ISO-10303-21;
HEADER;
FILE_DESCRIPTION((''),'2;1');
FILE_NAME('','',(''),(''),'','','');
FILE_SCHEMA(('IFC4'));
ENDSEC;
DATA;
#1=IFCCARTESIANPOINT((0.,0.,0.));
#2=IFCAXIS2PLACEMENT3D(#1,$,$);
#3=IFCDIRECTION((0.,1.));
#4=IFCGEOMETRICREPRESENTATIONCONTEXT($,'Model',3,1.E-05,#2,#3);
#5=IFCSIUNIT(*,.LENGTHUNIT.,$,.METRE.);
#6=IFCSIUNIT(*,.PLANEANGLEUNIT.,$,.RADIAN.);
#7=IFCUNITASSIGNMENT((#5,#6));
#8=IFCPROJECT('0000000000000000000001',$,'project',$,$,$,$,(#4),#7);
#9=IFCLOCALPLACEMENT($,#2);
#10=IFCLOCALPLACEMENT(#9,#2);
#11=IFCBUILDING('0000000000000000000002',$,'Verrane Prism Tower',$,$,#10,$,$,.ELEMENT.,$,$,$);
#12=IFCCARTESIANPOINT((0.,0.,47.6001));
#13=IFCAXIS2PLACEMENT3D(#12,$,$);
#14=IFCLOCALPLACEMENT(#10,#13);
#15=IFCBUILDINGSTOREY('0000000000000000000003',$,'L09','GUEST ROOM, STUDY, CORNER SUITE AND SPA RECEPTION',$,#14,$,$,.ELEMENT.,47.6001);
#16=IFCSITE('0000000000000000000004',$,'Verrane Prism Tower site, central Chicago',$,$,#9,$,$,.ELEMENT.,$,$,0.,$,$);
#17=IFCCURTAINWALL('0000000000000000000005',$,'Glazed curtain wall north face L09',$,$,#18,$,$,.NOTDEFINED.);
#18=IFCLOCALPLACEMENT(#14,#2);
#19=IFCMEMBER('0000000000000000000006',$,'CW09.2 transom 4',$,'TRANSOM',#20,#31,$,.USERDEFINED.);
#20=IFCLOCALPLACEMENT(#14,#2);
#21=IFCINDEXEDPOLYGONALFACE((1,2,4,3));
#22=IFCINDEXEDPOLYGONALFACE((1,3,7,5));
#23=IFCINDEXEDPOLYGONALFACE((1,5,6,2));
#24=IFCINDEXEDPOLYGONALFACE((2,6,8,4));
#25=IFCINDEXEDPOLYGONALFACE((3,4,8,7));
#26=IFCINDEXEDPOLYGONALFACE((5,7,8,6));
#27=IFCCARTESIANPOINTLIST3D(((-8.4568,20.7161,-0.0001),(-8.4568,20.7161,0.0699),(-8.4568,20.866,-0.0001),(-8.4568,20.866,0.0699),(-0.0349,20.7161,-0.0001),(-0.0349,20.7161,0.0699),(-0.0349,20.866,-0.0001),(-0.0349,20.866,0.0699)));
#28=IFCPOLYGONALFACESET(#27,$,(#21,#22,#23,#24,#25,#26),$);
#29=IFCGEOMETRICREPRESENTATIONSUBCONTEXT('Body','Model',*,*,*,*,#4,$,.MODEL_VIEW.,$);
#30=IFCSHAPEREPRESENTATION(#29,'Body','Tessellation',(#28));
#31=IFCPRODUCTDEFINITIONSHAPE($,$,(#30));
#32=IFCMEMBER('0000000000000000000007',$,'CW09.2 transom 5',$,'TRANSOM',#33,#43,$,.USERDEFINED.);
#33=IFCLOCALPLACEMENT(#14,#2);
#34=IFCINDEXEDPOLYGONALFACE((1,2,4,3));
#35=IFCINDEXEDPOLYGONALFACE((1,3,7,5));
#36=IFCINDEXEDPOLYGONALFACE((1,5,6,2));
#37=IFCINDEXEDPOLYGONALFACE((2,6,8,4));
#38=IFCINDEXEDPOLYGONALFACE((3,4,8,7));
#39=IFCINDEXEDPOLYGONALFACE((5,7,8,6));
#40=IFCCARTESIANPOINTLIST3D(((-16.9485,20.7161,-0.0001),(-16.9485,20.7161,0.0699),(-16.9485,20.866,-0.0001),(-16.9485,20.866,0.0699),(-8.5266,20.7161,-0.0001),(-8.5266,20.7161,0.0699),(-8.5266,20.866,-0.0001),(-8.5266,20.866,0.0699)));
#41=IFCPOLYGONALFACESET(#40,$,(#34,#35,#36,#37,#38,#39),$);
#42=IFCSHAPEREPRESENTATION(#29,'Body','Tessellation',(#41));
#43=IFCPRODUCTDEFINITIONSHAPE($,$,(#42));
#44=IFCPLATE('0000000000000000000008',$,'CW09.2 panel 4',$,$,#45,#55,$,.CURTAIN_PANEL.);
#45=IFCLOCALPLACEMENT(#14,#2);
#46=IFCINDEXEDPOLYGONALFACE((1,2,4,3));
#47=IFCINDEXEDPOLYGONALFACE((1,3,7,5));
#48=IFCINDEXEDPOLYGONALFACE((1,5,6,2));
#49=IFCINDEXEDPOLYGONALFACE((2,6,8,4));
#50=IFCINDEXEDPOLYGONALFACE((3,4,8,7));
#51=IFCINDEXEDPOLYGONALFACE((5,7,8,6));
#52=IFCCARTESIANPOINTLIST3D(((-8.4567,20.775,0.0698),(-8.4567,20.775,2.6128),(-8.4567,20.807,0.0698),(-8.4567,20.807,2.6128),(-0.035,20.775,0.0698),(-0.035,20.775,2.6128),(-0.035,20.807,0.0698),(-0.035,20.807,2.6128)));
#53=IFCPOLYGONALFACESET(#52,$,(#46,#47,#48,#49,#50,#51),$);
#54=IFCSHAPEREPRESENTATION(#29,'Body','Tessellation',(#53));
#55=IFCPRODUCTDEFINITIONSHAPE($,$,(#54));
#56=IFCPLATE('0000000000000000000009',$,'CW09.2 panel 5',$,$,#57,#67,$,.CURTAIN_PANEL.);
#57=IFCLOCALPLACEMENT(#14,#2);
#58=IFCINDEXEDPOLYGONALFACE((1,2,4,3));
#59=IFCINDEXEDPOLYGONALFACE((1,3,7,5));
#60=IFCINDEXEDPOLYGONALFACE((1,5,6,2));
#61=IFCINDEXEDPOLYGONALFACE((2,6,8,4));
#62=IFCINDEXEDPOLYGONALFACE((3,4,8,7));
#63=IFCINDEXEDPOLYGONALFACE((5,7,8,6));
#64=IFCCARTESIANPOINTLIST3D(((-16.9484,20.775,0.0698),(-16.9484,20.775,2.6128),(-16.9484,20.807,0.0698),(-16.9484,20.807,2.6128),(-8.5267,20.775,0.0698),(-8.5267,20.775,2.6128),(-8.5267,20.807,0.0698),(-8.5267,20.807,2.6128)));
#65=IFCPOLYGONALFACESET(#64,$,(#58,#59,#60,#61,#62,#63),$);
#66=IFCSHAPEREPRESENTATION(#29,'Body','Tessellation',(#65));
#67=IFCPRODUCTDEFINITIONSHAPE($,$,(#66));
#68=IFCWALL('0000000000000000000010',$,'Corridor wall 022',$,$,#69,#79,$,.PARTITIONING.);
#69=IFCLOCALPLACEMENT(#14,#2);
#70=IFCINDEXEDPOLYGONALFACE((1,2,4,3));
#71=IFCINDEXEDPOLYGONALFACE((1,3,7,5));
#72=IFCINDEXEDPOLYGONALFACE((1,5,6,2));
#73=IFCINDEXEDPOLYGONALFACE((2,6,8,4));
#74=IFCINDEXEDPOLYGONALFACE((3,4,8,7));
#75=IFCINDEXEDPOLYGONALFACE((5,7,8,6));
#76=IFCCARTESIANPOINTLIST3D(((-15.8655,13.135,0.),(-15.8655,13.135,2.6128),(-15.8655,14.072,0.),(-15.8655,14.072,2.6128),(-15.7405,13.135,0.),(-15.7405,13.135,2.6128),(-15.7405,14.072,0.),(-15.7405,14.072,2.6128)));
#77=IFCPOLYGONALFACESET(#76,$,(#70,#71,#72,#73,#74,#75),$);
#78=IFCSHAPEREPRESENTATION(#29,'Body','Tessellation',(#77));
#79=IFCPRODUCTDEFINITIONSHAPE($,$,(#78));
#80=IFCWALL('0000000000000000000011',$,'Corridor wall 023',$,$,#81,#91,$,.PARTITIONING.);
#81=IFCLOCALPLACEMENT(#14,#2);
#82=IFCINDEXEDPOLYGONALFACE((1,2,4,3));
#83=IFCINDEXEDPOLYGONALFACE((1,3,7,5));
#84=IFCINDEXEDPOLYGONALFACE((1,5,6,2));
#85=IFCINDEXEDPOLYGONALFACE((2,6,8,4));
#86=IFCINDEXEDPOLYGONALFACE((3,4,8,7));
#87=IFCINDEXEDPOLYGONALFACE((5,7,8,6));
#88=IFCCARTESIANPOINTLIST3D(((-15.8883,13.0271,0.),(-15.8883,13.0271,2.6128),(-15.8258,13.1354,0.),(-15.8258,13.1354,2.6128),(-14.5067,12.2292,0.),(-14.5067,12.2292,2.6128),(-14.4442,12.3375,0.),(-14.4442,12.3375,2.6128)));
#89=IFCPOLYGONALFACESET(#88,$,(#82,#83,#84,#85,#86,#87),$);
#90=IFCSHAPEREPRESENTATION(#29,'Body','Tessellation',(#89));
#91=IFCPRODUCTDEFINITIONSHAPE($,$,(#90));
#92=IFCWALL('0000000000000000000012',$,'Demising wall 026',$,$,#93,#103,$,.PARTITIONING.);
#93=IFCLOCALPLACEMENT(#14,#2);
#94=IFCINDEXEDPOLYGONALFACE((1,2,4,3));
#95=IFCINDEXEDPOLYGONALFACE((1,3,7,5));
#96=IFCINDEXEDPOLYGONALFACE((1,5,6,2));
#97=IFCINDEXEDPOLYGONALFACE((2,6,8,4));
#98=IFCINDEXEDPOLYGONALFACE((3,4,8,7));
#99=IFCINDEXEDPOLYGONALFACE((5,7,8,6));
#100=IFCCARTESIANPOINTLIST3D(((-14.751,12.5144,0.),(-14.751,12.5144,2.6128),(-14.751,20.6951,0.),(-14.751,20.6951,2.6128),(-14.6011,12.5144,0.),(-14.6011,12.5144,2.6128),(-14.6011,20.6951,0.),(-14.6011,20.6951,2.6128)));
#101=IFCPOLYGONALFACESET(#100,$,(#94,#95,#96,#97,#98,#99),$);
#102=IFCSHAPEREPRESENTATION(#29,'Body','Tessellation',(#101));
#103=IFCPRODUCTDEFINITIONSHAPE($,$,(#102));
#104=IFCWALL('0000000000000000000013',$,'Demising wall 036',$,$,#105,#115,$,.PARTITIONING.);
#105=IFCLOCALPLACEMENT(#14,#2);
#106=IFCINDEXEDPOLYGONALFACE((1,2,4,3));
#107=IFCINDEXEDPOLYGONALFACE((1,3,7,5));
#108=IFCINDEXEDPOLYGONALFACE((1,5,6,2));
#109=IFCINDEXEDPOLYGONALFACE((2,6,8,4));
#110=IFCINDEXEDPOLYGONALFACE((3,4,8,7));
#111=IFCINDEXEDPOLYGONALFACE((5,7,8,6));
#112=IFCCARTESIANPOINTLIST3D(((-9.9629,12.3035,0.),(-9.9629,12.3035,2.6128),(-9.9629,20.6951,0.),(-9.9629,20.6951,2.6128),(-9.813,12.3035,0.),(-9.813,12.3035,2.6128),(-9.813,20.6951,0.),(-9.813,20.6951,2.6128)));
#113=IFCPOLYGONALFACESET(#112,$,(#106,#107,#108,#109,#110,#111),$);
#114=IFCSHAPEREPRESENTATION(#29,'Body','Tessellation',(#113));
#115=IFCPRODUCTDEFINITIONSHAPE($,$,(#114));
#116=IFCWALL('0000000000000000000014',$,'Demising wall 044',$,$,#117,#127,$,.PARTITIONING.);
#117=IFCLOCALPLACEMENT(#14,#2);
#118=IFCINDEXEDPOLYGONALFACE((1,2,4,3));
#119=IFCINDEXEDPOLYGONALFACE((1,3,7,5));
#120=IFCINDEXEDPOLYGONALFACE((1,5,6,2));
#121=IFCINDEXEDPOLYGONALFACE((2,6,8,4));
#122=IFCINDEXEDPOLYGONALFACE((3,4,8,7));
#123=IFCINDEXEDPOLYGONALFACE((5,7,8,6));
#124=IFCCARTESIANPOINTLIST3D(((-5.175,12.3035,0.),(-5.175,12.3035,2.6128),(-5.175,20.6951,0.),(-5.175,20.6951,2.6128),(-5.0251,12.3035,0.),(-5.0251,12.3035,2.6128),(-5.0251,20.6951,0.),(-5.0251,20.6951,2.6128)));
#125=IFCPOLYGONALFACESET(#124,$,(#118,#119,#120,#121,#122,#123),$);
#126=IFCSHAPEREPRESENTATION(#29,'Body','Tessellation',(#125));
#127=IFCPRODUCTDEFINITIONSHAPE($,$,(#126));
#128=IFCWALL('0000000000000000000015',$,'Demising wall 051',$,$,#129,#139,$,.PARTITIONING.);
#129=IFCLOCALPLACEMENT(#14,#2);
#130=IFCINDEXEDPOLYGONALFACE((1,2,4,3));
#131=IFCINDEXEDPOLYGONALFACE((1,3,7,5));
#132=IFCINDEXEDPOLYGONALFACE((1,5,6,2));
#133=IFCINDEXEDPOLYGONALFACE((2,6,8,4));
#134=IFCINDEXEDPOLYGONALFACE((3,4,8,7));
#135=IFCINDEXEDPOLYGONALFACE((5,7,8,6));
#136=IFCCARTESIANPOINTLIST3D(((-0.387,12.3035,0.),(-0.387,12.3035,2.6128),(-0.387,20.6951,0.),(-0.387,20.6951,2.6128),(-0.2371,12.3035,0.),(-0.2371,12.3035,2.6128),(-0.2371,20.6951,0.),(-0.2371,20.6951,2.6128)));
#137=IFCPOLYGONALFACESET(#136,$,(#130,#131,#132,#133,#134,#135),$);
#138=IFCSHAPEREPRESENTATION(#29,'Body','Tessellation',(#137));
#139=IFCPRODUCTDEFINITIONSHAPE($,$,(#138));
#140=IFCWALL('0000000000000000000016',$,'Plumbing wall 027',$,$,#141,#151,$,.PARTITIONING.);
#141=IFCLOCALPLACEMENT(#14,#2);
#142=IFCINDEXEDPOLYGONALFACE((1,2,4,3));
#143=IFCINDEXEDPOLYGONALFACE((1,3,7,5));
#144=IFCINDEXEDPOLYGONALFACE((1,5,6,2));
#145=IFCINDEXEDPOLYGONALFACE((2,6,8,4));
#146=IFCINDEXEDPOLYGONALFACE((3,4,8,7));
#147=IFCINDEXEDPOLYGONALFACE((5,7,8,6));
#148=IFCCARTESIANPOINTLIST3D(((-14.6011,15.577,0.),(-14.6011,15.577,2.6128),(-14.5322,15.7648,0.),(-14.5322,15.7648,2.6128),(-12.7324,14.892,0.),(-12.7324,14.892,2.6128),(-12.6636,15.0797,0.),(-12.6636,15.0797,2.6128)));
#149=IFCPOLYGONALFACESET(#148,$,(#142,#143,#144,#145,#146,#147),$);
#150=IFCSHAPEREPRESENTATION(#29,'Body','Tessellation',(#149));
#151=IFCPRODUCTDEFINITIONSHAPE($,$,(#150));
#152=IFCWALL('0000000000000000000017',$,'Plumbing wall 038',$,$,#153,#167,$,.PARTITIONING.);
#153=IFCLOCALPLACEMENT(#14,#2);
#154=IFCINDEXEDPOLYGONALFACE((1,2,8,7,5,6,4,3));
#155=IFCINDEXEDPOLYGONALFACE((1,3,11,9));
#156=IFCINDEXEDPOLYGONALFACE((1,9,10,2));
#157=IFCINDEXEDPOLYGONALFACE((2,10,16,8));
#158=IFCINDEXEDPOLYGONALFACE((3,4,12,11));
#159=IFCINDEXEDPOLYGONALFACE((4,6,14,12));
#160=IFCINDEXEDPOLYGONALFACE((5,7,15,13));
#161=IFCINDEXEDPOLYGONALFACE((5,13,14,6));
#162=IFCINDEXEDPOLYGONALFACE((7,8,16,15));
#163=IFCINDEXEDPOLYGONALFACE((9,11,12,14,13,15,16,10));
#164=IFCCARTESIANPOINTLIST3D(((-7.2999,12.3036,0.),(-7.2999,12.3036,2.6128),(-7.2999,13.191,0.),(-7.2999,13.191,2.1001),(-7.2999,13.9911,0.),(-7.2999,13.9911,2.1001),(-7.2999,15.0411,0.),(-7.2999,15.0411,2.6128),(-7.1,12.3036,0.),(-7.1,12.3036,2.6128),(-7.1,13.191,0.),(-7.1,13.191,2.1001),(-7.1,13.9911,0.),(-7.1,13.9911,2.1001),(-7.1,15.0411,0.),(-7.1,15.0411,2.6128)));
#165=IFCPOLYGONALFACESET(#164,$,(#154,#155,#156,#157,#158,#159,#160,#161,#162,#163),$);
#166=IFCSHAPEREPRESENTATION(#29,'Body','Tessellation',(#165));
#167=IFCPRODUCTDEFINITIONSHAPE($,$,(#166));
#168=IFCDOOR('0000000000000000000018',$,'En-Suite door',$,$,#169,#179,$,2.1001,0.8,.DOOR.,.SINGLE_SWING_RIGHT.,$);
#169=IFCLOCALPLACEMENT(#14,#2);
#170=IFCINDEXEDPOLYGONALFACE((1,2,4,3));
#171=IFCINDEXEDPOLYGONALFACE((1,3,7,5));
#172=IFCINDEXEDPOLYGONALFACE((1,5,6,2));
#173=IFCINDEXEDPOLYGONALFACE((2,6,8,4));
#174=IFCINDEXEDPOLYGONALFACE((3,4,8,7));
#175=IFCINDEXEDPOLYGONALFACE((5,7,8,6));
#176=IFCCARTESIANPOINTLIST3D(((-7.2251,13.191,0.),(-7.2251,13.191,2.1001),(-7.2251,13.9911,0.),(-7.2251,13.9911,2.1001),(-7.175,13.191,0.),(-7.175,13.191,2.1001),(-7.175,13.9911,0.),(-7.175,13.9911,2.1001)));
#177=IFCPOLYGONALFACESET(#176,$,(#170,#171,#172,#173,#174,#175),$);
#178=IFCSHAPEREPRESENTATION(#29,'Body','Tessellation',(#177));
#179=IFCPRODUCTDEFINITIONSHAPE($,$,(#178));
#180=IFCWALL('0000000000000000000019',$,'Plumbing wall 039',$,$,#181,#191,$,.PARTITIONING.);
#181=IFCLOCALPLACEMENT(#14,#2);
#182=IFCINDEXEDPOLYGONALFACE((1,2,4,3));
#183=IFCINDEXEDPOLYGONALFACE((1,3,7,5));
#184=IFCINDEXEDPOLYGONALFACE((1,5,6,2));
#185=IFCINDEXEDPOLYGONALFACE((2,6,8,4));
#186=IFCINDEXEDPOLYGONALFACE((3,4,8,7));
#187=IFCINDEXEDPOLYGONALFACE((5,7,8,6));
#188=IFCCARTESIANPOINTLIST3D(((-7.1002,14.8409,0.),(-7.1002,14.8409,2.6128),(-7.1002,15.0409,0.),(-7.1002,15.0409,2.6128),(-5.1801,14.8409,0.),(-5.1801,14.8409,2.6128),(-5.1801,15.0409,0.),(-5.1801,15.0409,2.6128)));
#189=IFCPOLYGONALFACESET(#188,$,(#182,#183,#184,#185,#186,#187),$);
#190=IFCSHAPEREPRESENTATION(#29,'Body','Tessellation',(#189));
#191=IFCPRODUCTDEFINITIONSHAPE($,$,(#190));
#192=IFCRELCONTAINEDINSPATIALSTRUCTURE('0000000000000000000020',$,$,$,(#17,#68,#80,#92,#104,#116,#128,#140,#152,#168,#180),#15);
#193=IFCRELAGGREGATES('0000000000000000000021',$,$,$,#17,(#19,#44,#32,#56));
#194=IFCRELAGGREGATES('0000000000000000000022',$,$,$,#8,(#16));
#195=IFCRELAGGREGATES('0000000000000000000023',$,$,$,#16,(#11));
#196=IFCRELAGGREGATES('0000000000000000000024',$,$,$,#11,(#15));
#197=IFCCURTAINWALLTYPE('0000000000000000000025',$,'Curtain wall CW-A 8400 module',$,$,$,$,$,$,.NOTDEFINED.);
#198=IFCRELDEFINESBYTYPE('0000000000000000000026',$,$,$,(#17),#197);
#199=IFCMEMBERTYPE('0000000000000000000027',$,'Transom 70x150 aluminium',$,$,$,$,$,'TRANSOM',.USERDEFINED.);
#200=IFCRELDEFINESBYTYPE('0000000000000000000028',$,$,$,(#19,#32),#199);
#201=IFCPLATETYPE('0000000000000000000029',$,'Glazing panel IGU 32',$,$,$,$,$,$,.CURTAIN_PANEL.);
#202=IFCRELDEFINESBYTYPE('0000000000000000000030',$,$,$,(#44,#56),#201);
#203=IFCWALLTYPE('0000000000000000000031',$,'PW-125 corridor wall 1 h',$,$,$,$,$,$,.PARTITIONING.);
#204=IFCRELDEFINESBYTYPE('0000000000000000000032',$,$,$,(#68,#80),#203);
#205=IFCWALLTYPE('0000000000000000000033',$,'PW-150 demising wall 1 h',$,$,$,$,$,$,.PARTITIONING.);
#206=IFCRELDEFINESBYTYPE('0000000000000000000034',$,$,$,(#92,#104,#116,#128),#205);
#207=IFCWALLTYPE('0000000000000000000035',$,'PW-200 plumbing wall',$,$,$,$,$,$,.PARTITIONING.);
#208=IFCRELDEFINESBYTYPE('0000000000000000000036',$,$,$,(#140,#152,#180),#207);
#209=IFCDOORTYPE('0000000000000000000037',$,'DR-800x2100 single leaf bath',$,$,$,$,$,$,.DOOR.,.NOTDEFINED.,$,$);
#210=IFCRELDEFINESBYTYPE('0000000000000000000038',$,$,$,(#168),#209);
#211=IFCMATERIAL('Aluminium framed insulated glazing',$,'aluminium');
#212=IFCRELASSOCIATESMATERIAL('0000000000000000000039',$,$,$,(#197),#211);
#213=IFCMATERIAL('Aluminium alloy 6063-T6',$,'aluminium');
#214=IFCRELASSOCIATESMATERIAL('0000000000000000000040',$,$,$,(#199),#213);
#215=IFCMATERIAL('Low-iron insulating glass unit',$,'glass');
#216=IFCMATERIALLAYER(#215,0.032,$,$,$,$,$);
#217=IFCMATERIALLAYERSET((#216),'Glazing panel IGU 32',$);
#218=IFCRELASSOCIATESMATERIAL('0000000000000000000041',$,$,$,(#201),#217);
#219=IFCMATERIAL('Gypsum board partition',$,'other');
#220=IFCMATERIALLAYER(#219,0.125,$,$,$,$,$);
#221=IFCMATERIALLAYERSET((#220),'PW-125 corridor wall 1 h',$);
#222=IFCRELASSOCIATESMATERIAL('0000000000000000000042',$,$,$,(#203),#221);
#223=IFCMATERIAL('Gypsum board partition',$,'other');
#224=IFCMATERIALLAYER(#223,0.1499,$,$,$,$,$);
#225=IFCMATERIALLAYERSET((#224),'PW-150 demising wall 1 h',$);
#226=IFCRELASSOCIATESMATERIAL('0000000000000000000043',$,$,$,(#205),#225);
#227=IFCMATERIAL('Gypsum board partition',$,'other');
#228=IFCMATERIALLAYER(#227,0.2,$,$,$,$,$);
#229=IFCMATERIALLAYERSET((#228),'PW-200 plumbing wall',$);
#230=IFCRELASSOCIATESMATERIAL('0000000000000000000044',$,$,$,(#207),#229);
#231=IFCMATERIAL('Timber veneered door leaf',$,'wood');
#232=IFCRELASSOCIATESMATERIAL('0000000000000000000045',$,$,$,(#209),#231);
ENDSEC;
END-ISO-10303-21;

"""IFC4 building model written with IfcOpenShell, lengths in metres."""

from ifc_helpers import new_model, si_unit, direction, frame, frame_2d, origin, origin_2d, place, context, subcontext, project, spatial, rectangle, extrude, material, layer, layer_set, material_profile, profile_set, type_object, element, fill, aggregate, save


model = new_model("IFC4")

# Units and contexts
model_context = context("Model", 3, precision=1e-05, world=origin(), true_north=direction((0.0, 1.0)))
body_context = subcontext(model_context, "Body", "Model", "MODEL_VIEW")
ifc_project = project(units=[si_unit("LENGTHUNIT", "METRE"), si_unit("PLANEANGLEUNIT", "RADIAN")], contexts=[model_context])

# Site, building, storey
site_placement = place(None, origin())
site = spatial("IfcSite", under=ifc_project, at=site_placement, Name="Verrane Prism Tower site, central Chicago", CompositionType="ELEMENT", RefElevation=0.0)
building_placement = place(site_placement, origin())
building = spatial("IfcBuilding", under=site, at=building_placement, Name="Verrane Prism Tower", CompositionType="ELEMENT")
storey_placement = place(building_placement, frame((0.0, 0.0, 47.6001)))
storey = spatial("IfcBuildingStorey", under=building, at=storey_placement, Name="L09", Description="GUEST ROOM, STUDY, CORNER SUITE AND SPA RECEPTION", CompositionType="ELEMENT", Elevation=47.6001)

# Curtain wall
ifc_material_1 = material(Name="Aluminium framed insulated glazing", Category="aluminium")
curtain_wall_type = type_object("IfcCurtainWallType", Name="Curtain wall CW-A 8400 module", PredefinedType="NOTDEFINED", material=ifc_material_1)
curtain_wall_placement = place(storey_placement, origin())
curtain_wall = element("IfcCurtainWall", 1, at=curtain_wall_placement, inside=storey, type_object=curtain_wall_type, Name="Glazed curtain wall north face L09", PredefinedType="NOTDEFINED")

# Members
ifc_material_2 = material(Name="Aluminium alloy 6063-T6", Category="aluminium")
ifc_material_profile_1 = material_profile(ifc_material_2, rectangle(XDim=0.1499, YDim=0.0701, at=origin_2d()), Name="Transom 70x150 aluminium")
ifc_profile_set_1 = profile_set([ifc_material_profile_1], Name="Aluminium alloy 6063-T6")
member_type_1 = type_object("IfcMemberType", Name="Transom 70x150 aluminium", ElementType="TRANSOM", PredefinedType="USERDEFINED", material=ifc_profile_set_1)
member_1_placement = place(storey_placement, frame((-0.0349, 20.791, 0.0349), z_axis=(-1.0, 0.0, 0.0), x_axis=(0.0, -1.0, 0.0)))
member_1 = element("IfcMember", 2, at=member_1_placement, type_object=member_type_1, Name="CW09.2 transom 4", ObjectType="TRANSOM", PredefinedType="USERDEFINED", context=body_context, shape_type="SweptSolid", body=[
    extrude(rectangle(XDim=0.1499, YDim=0.0701, at=origin_2d()), origin(), (0.0, 0.0, 1.0), 8.4219),
])
member_2_placement = place(storey_placement, frame((-8.5266, 20.791, 0.0349), z_axis=(-1.0, 0.0, 0.0), x_axis=(0.0, -1.0, 0.0)))
member_2 = element("IfcMember", 3, at=member_2_placement, type_object=member_type_1, Name="CW09.2 transom 5", ObjectType="TRANSOM", PredefinedType="USERDEFINED", context=body_context, shape_type="SweptSolid", body=[
    extrude(rectangle(XDim=0.1499, YDim=0.0701, at=origin_2d()), origin(), (0.0, 0.0, 1.0), 8.4219),
])

# Plates
ifc_material_3 = material(Name="Low-iron insulating glass unit", Category="glass")
ifc_layer_1 = layer(ifc_material_3, 0.032)
ifc_layer_set_1 = layer_set([ifc_layer_1], Name="Glazing panel IGU 32")
plate_type = type_object("IfcPlateType", Name="Glazing panel IGU 32", PredefinedType="CURTAIN_PANEL", material=ifc_layer_set_1)
plate_1_placement = place(storey_placement, frame((-4.2458, 20.791, 0.0698), z_axis=(0.0, 0.0, 1.0), x_axis=(-1.0, 0.0, 0.0)))
plate_1 = element("IfcPlate", 4, at=plate_1_placement, type_object=plate_type, Name="CW09.2 panel 4", PredefinedType="CURTAIN_PANEL", context=body_context, shape_type="SweptSolid", body=[
    extrude(rectangle(XDim=8.4216, YDim=0.032, at=origin_2d()), origin(), (0.0, 0.0, 1.0), 2.543),
])
plate_2_placement = place(storey_placement, frame((-12.7375, 20.791, 0.0698), z_axis=(0.0, 0.0, 1.0), x_axis=(-1.0, 0.0, 0.0)))
plate_2 = element("IfcPlate", 5, at=plate_2_placement, type_object=plate_type, Name="CW09.2 panel 5", PredefinedType="CURTAIN_PANEL", context=body_context, shape_type="SweptSolid", body=[
    extrude(rectangle(XDim=8.4216, YDim=0.032, at=origin_2d()), origin(), (0.0, 0.0, 1.0), 2.543),
])
aggregate(curtain_wall, [member_1, plate_1, member_2, plate_2])

# Walls
ifc_material_4 = material(Name="Gypsum board partition", Category="other")
ifc_layer_2 = layer(ifc_material_4, 0.125)
ifc_layer_set_2 = layer_set([ifc_layer_2], Name="PW-125 corridor wall 1 h")
wall_type_1 = type_object("IfcWallType", Name="PW-125 corridor wall 1 h", PredefinedType="PARTITIONING", material=ifc_layer_set_2)
wall_1_placement = place(storey_placement, frame((-15.803, 13.135, 0.0), z_axis=(0.0, 0.0, 1.0), x_axis=(0.0, 1.0, 0.0)))
element("IfcWall", 6, at=wall_1_placement, inside=storey, type_object=wall_type_1, Name="Corridor wall 022", PredefinedType="PARTITIONING", context=body_context, shape_type="SweptSolid", body=[
    extrude(rectangle(XDim=0.937, YDim=0.125, at=frame_2d((0.4685, 0.0))), origin(), (0.0, 0.0, 1.0), 2.6128),
])
wall_2_placement = place(storey_placement, frame((-15.8572, 13.0813, 0.0), z_axis=(0.0, 0.0, 1.0), x_axis=(0.865974, -0.500089, 0.0)))
element("IfcWall", 7, at=wall_2_placement, inside=storey, type_object=wall_type_1, Name="Corridor wall 023", PredefinedType="PARTITIONING", context=body_context, shape_type="SweptSolid", body=[
    extrude(rectangle(XDim=1.5955, YDim=0.125, at=frame_2d((0.7979, 0.0))), origin(), (0.0, 0.0, 1.0), 2.6128),
])
ifc_material_5 = material(Name="Gypsum board partition", Category="other")
ifc_layer_3 = layer(ifc_material_5, 0.1499)
ifc_layer_set_3 = layer_set([ifc_layer_3], Name="PW-150 demising wall 1 h")
wall_type_2 = type_object("IfcWallType", Name="PW-150 demising wall 1 h", PredefinedType="PARTITIONING", material=ifc_layer_set_3)
wall_3_placement = place(storey_placement, frame((-14.676, 12.5144, 0.0), z_axis=(0.0, 0.0, 1.0), x_axis=(0.0, 1.0, 0.0)))
element("IfcWall", 8, at=wall_3_placement, inside=storey, type_object=wall_type_2, Name="Demising wall 026", PredefinedType="PARTITIONING", context=body_context, shape_type="SweptSolid", body=[
    extrude(rectangle(XDim=8.1807, YDim=0.1499, at=frame_2d((4.0903, 0.0))), origin(), (0.0, 0.0, 1.0), 2.6128),
])
for number, where, z_axis, x_axis, name in (
    (9, (-9.8879, 12.3035, 0.0), (0.0, 0.0, 1.0), (0.0, 1.0, 0.0), "Demising wall 036"),
    (10, (-5.1001, 12.3035, 0.0), (0.0, 0.0, 1.0), (0.0, 1.0, 0.0), "Demising wall 044"),
    (11, (-0.312, 12.3035, 0.0), (0.0, 0.0, 1.0), (0.0, 1.0, 0.0), "Demising wall 051"),
):
    element("IfcWall", number, at=place(storey_placement, frame(where, z_axis=z_axis, x_axis=x_axis)), inside=storey, type_object=wall_type_2, Name=name, PredefinedType="PARTITIONING", context=body_context, shape_type="SweptSolid", body=[
        extrude(rectangle(XDim=8.3916, YDim=0.1499, at=frame_2d((4.1958, 0.0))), origin(), (0.0, 0.0, 1.0), 2.6128),
    ])
ifc_material_6 = material(Name="Gypsum board partition", Category="other")
ifc_layer_4 = layer(ifc_material_6, 0.2)
ifc_layer_set_4 = layer_set([ifc_layer_4], Name="PW-200 plumbing wall")
wall_type_3 = type_object("IfcWallType", Name="PW-200 plumbing wall", PredefinedType="PARTITIONING", material=ifc_layer_set_4)
wall_4_placement = place(storey_placement, frame((-14.5667, 15.6709, 0.0), z_axis=(0.0, 0.0, 1.0), x_axis=(0.938895, -0.344204, 0.0)))
element("IfcWall", 12, at=wall_4_placement, inside=storey, type_object=wall_type_3, Name="Plumbing wall 027", PredefinedType="PARTITIONING", context=body_context, shape_type="SweptSolid", body=[
    extrude(rectangle(XDim=1.9902, YDim=0.2, at=frame_2d((0.9951, 0.0))), origin(), (0.0, 0.0, 1.0), 2.6128),
])

# Wall, opening, door
wall_5_placement = place(storey_placement, frame((-7.2, 15.041, 0.0), z_axis=(0.0, 0.0, 1.0), x_axis=(0.0, -1.0, 0.0)))
wall_5 = element("IfcWall", 13, at=wall_5_placement, inside=storey, type_object=wall_type_3, Name="Plumbing wall 038", PredefinedType="PARTITIONING", context=body_context, shape_type="SweptSolid", body=[
    extrude(rectangle(XDim=2.7375, YDim=0.2, at=frame_2d((1.3687, 0.0))), origin(), (0.0, 0.0, 1.0), 2.6128),
])
opening_1_placement = place(wall_5_placement, frame((1.05, 0.0, 0.0)))
opening_1 = element("IfcOpeningElement", 14, at=opening_1_placement, cuts=wall_5, PredefinedType="OPENING", context=body_context, shape_type="SweptSolid", body=[
    extrude(rectangle(XDim=0.8, YDim=2.1001, at=frame_2d((0.3999, 1.05))), frame((0.0, 0.1099, 0.0), z_axis=(0.0, -1.0, 0.0), x_axis=(1.0, 0.0, 0.0)), (0.0, 0.0, 1.0), 0.22),
])
ifc_material_7 = material(Name="Timber veneered door leaf", Category="wood")
door_type = type_object("IfcDoorType", Name="DR-800x2100 single leaf bath", OperationType="NOTDEFINED", PredefinedType="DOOR", material=ifc_material_7)
door_1_placement = place(opening_1_placement, origin())
door_1 = element("IfcDoor", 15, at=door_1_placement, inside=storey, type_object=door_type, Name="En-Suite door", OperationType="SINGLE_SWING_RIGHT", OverallHeight=2.1001, OverallWidth=0.8, PredefinedType="DOOR", context=body_context, shape_type="SweptSolid", body=[
    extrude(rectangle(XDim=0.8, YDim=2.1001, at=frame_2d((0.3999, 1.05))), frame((0.0, 0.0249, 0.0), z_axis=(0.0, -1.0, 0.0), x_axis=(1.0, 0.0, 0.0)), (0.0, 0.0, 1.0), 0.05),
])
fill(opening_1, door_1)

# Wall
wall_6_placement = place(storey_placement, frame((-7.1001, 14.9409, 0.0), z_axis=(0.0, 0.0, 1.0), x_axis=(1.0, 0.0, 0.0)))
element("IfcWall", 16, at=wall_6_placement, inside=storey, type_object=wall_type_3, Name="Plumbing wall 039", PredefinedType="PARTITIONING", context=body_context, shape_type="SweptSolid", body=[
    extrude(rectangle(XDim=1.9202, YDim=0.2, at=frame_2d((0.96, 0.0))), origin(), (0.0, 0.0, 1.0), 2.6128),
])

save(model, "model.ifc")
